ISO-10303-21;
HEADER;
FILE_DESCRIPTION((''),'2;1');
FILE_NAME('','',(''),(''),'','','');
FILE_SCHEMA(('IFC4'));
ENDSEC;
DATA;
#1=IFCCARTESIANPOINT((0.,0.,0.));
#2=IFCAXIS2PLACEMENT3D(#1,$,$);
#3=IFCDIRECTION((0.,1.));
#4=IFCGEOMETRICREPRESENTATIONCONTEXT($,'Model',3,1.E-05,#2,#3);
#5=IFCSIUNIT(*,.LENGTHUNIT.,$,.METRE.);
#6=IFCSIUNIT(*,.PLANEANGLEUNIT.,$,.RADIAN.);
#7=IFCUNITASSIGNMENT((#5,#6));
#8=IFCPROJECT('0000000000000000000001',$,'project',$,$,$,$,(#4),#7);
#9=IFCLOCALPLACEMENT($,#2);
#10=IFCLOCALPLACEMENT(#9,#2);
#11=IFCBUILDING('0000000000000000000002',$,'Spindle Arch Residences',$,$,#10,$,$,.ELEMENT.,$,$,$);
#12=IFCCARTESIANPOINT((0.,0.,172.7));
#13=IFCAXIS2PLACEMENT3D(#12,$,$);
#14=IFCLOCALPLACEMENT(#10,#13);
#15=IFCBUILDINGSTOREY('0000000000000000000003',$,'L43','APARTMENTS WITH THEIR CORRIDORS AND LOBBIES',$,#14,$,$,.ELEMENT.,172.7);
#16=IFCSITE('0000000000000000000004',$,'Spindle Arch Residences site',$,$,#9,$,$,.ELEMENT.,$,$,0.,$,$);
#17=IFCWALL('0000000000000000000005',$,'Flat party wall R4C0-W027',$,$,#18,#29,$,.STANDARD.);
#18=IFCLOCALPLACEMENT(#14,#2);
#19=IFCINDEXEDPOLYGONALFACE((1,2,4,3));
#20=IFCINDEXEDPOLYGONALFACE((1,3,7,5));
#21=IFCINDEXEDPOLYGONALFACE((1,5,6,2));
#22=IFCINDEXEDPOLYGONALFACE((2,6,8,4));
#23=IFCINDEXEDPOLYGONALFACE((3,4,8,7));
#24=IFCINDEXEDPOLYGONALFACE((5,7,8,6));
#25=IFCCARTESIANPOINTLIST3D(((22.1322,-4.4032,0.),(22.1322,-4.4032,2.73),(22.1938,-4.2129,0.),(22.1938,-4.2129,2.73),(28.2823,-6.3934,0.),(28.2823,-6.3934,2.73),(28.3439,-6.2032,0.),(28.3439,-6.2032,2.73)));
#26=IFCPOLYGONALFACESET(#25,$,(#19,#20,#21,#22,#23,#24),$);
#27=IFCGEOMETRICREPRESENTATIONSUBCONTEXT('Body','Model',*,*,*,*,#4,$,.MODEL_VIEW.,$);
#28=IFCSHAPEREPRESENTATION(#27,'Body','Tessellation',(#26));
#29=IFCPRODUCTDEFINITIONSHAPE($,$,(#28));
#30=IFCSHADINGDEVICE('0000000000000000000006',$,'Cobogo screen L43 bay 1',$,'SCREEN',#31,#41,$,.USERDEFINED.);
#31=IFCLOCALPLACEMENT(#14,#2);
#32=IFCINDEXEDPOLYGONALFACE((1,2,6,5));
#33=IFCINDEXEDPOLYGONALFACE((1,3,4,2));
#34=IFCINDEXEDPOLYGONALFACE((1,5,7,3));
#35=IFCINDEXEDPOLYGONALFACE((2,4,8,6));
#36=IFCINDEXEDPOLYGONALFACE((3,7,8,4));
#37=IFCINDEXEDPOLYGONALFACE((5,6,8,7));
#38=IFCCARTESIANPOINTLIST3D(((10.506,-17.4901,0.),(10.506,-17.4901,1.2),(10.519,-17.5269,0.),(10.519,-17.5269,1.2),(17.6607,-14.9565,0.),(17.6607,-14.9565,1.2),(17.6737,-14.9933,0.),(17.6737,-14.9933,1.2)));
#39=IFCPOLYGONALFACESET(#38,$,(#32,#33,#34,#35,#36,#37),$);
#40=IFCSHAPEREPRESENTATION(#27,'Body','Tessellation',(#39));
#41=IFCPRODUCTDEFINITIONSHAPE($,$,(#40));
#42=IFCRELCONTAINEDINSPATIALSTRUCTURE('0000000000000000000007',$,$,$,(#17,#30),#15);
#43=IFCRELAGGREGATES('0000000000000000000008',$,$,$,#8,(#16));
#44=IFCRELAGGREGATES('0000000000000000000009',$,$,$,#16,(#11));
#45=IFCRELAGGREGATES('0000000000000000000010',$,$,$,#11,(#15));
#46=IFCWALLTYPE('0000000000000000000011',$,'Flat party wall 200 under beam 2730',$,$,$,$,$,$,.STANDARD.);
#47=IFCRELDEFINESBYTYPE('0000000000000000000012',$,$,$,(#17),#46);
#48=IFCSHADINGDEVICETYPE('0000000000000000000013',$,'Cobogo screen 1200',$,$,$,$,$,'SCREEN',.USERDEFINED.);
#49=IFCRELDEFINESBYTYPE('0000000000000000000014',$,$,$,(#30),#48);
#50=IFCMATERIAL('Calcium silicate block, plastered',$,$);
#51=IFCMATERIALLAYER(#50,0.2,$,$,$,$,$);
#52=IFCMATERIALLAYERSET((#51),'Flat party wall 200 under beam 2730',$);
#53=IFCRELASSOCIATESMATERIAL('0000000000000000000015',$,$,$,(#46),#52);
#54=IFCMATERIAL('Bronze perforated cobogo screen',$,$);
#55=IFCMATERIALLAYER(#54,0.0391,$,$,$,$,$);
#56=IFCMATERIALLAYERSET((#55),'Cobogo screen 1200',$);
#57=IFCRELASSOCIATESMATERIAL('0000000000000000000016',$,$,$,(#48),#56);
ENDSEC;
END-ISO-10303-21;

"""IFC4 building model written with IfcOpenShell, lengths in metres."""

from ifc_helpers import new_model, si_unit, direction, frame, frame_2d, origin, origin_2d, place, context, subcontext, project, spatial, rectangle, extrude, material, layer, layer_set, type_object, element, save


model = new_model("IFC4")

# Units and contexts
model_context = context("Model", 3, precision=1e-05, world=origin(), true_north=direction((0.0, 1.0)))
body_context = subcontext(model_context, "Body", "Model", "MODEL_VIEW")
ifc_project = project(units=[si_unit("LENGTHUNIT", "METRE"), si_unit("PLANEANGLEUNIT", "RADIAN")], contexts=[model_context])

# Site, building, storey
site_placement = place(None, origin())
site = spatial("IfcSite", under=ifc_project, at=site_placement, Name="Spindle Arch Residences site", CompositionType="ELEMENT", RefElevation=0.0)
building_placement = place(site_placement, origin())
building = spatial("IfcBuilding", under=site, at=building_placement, Name="Spindle Arch Residences", CompositionType="ELEMENT")
storey_placement = place(building_placement, frame((0.0, 0.0, 172.7)))
storey = spatial("IfcBuildingStorey", under=building, at=storey_placement, Name="L43", Description="APARTMENTS WITH THEIR CORRIDORS AND LOBBIES", CompositionType="ELEMENT", Elevation=172.7)

# Wall
ifc_material_1 = material(Name="Calcium silicate block, plastered")
ifc_layer_1 = layer(ifc_material_1, 0.2)
ifc_layer_set_1 = layer_set([ifc_layer_1], Name="Flat party wall 200 under beam 2730")
wall_type_1 = type_object("IfcWallType", Name="Flat party wall 200 under beam 2730", PredefinedType="STANDARD", material=ifc_layer_set_1)
wall_1_placement = place(storey_placement, frame((22.1631, -4.3081, 0.0), z_axis=(0.0, 0.0, 1.0), x_axis=(0.951423, -0.307888, 0.0)))
element("IfcWall", 1, at=wall_1_placement, inside=storey, type_object=wall_type_1, Name="Flat party wall R4C0-W027", PredefinedType="STANDARD", context=body_context, shape_type="SweptSolid", body=[
    extrude(rectangle(XDim=6.4641, YDim=0.2, at=frame_2d((3.2319, 0.0))), origin(), (0.0, 0.0, 1.0), 2.73),
])

# Shading device
ifc_material_2 = material(Name="Bronze perforated cobogo screen")
ifc_layer_2 = layer(ifc_material_2, 0.0391)
ifc_layer_set_2 = layer_set([ifc_layer_2], Name="Cobogo screen 1200")
shading_device_type = type_object("IfcShadingDeviceType", Name="Cobogo screen 1200", ElementType="SCREEN", PredefinedType="USERDEFINED", material=ifc_layer_set_2)
shading_device_placement = place(storey_placement, frame((14.0898, -16.2417, 0.0), z_axis=(0.0, 0.0, 1.0), x_axis=(0.942641, 0.333807, 0.0)))
element("IfcShadingDevice", 2, at=shading_device_placement, inside=storey, type_object=shading_device_type, Name="Cobogo screen L43 bay 1", ObjectType="SCREEN", PredefinedType="USERDEFINED", context=body_context, shape_type="SweptSolid", body=[
    extrude(rectangle(XDim=7.5901, YDim=0.0391, at=origin_2d()), origin(), (0.0, 0.0, 1.0), 1.2),
])

save(model, "model.ifc")
